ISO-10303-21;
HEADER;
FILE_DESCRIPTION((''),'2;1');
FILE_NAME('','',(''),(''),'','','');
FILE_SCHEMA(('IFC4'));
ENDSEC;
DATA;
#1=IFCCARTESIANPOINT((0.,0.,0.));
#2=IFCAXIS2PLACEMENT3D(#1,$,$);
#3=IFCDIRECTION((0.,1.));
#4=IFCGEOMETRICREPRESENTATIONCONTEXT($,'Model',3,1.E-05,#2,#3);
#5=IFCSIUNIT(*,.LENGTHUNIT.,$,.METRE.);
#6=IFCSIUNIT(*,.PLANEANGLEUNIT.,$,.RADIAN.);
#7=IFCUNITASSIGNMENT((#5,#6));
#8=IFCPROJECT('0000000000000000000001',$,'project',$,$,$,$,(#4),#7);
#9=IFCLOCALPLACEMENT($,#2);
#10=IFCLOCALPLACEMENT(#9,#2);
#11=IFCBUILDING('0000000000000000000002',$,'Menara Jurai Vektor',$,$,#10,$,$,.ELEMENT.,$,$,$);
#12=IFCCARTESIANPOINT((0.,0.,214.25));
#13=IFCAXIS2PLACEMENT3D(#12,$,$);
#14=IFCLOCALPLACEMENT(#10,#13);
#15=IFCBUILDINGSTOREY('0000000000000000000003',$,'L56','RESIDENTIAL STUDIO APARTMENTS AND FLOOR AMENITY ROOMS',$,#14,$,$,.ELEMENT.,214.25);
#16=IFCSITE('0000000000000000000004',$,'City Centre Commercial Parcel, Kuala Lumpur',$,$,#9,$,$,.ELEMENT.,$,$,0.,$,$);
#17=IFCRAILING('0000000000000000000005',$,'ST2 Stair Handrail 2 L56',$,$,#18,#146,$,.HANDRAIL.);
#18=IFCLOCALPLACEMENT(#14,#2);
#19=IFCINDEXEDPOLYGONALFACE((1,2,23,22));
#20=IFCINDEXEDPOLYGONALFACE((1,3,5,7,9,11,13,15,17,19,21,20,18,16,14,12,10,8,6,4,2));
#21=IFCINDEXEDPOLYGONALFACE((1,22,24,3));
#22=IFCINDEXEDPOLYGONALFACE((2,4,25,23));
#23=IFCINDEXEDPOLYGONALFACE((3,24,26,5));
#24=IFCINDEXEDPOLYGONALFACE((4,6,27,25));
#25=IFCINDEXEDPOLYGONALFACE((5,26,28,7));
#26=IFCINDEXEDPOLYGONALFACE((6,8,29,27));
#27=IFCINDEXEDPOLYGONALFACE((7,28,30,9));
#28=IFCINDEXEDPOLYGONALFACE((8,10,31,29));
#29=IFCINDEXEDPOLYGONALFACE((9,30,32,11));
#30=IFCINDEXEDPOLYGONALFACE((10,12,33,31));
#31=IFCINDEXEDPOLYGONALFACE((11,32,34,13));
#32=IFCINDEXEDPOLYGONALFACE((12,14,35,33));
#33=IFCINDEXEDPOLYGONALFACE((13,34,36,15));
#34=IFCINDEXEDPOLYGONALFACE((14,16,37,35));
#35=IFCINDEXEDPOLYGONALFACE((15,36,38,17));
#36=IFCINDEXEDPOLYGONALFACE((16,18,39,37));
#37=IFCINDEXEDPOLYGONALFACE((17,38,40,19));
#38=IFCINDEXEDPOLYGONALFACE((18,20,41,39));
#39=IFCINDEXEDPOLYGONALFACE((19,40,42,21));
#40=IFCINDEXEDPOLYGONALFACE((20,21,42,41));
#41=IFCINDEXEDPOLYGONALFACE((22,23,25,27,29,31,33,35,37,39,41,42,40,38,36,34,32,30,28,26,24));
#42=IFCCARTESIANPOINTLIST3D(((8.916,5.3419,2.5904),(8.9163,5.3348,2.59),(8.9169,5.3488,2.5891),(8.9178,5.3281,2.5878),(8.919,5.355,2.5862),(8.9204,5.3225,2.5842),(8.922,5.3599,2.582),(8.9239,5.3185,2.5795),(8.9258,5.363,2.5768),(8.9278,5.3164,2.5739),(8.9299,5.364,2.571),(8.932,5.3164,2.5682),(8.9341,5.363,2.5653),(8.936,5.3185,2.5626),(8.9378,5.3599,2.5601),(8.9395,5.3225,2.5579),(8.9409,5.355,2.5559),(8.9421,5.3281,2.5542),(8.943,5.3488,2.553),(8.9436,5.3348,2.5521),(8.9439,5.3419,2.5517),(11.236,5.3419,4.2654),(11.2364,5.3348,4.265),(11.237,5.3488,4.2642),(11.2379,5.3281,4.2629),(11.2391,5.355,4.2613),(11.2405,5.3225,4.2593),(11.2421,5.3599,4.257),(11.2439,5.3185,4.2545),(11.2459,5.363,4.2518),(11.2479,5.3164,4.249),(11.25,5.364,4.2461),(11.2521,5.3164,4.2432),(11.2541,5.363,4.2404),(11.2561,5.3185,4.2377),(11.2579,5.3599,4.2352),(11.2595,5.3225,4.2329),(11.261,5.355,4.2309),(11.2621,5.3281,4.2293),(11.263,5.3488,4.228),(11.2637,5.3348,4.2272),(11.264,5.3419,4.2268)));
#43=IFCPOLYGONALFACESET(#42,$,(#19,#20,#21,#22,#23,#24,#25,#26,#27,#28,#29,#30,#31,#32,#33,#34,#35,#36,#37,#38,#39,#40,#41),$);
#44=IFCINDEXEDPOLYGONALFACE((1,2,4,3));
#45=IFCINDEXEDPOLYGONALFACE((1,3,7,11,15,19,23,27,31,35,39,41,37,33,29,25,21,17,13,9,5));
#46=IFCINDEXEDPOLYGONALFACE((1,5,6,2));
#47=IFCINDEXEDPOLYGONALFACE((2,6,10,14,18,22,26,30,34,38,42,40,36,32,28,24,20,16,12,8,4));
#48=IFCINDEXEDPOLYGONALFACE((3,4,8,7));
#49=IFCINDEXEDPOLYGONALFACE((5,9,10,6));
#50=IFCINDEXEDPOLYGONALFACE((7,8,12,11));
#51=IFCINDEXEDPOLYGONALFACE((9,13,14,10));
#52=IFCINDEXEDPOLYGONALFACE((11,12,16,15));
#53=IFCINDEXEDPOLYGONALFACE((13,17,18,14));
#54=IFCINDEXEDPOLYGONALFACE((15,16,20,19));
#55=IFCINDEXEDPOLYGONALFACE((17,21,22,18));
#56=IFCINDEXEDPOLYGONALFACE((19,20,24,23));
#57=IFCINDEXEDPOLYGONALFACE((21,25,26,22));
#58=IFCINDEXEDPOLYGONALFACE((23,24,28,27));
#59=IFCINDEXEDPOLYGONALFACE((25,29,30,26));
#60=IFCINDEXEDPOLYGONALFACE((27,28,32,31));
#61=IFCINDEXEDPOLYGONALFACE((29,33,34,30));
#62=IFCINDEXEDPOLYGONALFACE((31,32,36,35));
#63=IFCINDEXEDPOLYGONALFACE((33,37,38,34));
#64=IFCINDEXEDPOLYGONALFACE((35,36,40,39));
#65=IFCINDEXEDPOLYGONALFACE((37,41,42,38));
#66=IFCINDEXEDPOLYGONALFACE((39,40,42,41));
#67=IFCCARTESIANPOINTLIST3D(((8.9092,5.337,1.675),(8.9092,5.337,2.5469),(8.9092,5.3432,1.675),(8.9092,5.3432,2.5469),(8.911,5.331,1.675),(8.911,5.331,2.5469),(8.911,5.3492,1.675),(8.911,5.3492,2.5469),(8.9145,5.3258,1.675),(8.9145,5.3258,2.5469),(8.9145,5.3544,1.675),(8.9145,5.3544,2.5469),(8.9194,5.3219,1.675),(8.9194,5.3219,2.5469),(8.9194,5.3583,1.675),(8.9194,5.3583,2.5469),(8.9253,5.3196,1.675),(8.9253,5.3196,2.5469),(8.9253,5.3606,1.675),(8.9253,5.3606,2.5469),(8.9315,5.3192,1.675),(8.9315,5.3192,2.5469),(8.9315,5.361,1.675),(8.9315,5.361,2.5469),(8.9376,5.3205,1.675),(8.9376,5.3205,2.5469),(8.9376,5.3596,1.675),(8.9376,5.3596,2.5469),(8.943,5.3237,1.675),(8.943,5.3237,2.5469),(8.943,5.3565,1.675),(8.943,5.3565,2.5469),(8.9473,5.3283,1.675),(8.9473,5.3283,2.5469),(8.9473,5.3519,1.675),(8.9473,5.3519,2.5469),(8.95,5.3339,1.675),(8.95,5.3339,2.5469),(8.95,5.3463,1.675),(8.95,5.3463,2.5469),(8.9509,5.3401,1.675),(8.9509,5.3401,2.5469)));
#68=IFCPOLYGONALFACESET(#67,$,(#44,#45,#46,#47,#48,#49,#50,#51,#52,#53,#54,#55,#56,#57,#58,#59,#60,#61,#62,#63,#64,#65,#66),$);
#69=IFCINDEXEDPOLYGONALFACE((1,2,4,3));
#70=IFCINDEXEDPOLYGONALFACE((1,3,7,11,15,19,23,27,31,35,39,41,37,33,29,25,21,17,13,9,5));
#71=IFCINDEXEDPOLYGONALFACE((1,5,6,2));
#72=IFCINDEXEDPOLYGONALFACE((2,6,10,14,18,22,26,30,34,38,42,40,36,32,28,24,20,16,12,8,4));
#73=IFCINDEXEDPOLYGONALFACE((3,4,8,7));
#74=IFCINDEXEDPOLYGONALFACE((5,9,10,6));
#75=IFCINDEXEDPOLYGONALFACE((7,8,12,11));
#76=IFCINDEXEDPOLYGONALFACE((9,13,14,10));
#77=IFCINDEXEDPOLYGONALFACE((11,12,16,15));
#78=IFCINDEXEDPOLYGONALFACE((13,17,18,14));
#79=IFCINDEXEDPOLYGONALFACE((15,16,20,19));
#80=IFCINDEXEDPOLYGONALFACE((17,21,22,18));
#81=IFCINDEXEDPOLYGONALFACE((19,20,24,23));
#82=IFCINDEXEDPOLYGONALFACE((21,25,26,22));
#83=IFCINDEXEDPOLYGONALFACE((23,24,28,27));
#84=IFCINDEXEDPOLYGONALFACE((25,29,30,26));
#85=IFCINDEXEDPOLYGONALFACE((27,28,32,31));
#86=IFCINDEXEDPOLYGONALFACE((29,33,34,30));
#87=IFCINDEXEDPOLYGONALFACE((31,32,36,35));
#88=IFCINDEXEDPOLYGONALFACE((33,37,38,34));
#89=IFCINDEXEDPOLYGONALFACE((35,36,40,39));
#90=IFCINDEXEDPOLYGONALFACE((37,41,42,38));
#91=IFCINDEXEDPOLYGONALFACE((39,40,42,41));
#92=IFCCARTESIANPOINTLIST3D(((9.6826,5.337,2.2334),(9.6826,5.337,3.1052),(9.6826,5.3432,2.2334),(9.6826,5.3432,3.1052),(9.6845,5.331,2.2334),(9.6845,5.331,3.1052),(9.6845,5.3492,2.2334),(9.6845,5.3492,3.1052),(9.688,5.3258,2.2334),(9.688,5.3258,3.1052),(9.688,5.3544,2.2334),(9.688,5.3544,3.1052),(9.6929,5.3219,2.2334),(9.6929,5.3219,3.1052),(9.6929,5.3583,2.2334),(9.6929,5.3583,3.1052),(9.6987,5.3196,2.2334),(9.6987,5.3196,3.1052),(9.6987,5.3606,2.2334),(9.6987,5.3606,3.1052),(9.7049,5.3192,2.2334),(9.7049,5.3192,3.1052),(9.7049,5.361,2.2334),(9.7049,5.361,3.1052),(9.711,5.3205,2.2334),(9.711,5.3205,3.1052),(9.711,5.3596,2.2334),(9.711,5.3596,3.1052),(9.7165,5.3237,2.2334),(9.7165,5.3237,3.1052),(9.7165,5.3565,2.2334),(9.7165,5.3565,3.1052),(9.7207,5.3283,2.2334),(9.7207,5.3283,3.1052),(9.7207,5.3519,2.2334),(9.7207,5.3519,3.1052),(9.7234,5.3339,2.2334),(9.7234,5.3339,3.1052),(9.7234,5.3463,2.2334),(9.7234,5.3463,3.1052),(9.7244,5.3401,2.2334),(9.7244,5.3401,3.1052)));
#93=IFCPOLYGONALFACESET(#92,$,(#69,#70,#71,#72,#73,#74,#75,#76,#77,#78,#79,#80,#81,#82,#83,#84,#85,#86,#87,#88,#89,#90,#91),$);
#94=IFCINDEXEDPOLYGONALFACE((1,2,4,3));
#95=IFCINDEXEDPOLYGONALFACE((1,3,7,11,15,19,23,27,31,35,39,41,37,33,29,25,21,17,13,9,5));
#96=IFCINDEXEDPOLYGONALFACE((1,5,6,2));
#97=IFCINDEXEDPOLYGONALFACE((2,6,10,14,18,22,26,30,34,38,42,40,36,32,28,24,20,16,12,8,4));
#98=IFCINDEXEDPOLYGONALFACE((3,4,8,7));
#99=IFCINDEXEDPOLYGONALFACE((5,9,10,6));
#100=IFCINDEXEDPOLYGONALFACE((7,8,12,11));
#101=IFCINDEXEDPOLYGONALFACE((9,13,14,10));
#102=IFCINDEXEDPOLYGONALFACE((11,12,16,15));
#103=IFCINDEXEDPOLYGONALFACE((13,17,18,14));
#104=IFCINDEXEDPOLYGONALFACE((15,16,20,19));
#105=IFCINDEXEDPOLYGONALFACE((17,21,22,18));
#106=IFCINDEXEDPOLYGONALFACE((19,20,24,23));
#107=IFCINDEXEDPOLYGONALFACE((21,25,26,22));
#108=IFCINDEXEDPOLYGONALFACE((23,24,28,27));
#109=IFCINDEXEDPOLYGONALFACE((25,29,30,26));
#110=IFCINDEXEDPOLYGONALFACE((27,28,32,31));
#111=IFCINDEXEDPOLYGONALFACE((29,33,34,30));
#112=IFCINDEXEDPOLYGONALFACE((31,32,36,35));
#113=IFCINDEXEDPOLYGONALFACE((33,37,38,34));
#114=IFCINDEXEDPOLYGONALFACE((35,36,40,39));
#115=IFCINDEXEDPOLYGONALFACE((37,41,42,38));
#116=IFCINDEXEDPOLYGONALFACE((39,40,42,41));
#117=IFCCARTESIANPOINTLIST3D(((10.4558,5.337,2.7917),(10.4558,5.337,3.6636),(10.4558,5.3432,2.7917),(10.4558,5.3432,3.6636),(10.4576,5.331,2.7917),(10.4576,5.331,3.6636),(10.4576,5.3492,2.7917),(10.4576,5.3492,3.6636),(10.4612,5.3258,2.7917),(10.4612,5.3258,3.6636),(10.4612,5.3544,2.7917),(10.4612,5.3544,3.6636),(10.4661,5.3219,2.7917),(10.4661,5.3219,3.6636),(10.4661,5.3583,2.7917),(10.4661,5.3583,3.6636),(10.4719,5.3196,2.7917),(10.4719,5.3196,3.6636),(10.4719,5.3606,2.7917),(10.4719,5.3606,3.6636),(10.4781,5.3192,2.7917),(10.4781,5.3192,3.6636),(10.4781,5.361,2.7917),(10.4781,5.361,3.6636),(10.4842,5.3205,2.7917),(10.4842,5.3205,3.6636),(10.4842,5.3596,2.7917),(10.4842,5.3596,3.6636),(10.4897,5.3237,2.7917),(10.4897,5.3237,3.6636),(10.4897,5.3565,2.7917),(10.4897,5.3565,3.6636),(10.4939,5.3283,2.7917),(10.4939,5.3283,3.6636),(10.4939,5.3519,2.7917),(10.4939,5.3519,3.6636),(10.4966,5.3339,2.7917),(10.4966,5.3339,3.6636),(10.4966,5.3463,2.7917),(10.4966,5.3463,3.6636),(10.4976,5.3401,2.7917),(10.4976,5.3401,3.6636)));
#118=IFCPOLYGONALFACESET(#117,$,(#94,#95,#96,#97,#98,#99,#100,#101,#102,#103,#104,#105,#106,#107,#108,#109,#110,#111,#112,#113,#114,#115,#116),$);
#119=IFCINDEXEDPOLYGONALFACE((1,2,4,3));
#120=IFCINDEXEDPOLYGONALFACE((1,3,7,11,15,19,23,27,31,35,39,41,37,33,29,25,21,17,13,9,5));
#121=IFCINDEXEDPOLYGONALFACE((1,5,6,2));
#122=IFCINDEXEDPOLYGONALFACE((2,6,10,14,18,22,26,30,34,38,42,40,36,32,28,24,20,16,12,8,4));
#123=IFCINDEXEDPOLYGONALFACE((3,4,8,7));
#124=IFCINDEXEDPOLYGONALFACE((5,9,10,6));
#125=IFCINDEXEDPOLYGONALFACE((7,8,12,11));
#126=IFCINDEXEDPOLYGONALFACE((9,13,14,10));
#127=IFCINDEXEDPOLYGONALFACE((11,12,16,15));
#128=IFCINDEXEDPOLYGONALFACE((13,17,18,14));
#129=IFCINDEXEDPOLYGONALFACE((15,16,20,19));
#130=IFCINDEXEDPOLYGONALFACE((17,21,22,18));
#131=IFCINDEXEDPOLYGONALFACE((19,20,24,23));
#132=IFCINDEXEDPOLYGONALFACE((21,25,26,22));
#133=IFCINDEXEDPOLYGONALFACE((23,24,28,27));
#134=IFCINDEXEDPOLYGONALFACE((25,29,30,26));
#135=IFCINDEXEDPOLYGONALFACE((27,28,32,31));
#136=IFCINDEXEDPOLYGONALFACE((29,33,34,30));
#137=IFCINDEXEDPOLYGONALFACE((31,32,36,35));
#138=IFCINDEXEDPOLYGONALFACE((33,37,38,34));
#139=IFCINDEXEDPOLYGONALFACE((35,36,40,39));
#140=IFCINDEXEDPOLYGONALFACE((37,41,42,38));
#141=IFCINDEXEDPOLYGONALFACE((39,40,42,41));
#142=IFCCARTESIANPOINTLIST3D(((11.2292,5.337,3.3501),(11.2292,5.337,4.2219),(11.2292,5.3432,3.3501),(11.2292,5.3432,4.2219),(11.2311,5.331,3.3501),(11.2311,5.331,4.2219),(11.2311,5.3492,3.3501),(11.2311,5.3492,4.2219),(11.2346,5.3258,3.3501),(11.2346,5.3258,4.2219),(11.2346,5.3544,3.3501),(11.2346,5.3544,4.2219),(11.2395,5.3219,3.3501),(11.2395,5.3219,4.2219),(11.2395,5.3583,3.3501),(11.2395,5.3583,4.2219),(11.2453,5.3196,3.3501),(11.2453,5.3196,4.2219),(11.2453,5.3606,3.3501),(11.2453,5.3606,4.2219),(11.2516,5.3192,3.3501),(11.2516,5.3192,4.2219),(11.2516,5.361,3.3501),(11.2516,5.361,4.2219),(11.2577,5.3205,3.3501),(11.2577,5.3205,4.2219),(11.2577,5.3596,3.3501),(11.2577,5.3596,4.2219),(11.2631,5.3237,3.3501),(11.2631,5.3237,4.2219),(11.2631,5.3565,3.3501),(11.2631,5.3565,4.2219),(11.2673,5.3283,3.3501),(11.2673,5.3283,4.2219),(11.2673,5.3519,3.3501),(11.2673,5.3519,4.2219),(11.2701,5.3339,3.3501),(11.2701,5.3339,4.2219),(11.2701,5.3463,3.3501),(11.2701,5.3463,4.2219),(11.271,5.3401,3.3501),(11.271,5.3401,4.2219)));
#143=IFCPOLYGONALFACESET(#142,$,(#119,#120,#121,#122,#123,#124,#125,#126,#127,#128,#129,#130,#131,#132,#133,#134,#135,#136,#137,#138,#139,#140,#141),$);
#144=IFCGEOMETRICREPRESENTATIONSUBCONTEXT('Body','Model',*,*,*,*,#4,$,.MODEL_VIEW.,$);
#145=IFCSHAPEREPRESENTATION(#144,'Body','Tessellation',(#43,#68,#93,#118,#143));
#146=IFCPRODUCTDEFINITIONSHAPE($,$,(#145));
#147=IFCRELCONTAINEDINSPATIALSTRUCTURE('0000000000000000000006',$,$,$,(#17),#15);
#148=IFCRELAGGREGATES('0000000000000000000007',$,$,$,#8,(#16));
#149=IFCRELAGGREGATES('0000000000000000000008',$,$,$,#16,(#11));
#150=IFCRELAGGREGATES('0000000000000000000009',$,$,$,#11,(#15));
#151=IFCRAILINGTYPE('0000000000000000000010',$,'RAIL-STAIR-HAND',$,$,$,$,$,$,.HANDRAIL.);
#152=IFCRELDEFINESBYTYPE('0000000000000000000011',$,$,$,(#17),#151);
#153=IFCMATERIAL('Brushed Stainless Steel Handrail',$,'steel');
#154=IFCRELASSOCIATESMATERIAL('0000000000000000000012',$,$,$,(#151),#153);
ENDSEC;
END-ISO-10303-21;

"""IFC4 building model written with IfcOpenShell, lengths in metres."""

from ifc_helpers import new_model, si_unit, direction, frame, origin, origin_2d, place, context, subcontext, project, spatial, circle, extrude, material, type_object, element, save


model = new_model("IFC4")

# Units and contexts
model_context = context("Model", 3, precision=1e-05, world=origin(), true_north=direction((0.0, 1.0)))
body_context = subcontext(model_context, "Body", "Model", "MODEL_VIEW")
ifc_project = project(units=[si_unit("LENGTHUNIT", "METRE"), si_unit("PLANEANGLEUNIT", "RADIAN")], contexts=[model_context])

# Site, building, storey
site_placement = place(None, origin())
site = spatial("IfcSite", under=ifc_project, at=site_placement, Name="City Centre Commercial Parcel, Kuala Lumpur", CompositionType="ELEMENT", RefElevation=0.0)
building_placement = place(site_placement, origin())
building = spatial("IfcBuilding", under=site, at=building_placement, Name="Menara Jurai Vektor", CompositionType="ELEMENT")
storey_placement = place(building_placement, frame((0.0, 0.0, 214.25)))
storey = spatial("IfcBuildingStorey", under=building, at=storey_placement, Name="L56", Description="RESIDENTIAL STUDIO APARTMENTS AND FLOOR AMENITY ROOMS", CompositionType="ELEMENT", Elevation=214.25)

# Railing
ifc_material_1 = material(Name="Brushed Stainless Steel Handrail", Category="steel")
railing_type_1 = type_object("IfcRailingType", Name="RAIL-STAIR-HAND", PredefinedType="HANDRAIL", material=ifc_material_1)
railing_1_placement = place(storey_placement, frame((8.9299, 5.3401, 1.675)))
element("IfcRailing", 1, at=railing_1_placement, inside=storey, type_object=railing_type_1, Name="ST2 Stair Handrail 2 L56", PredefinedType="HANDRAIL", context=body_context, shape_type="SweptSolid", body=[
    extrude(circle(Radius=0.0239, at=origin_2d()), frame((0.0, 0.0, 0.896), z_axis=(0.810771, 0.0, 0.585363), x_axis=(0.0, 1.0, 0.0)), (0.0, 0.0, 1.0), 2.8616),
    extrude(circle(Radius=0.021, at=origin_2d()), origin(), (0.0, 0.0, 1.0), 0.8718),
    extrude(circle(Radius=0.021, at=origin_2d()), frame((0.7734, 0.0, 0.5583)), (0.0, 0.0, 1.0), 0.8718),
    extrude(circle(Radius=0.021, at=origin_2d()), frame((1.5466, 0.0, 1.1167)), (0.0, 0.0, 1.0), 0.8718),
    extrude(circle(Radius=0.021, at=origin_2d()), frame((2.3201, 0.0, 1.675)), (0.0, 0.0, 1.0), 0.8718),
])

save(model, "model.ifc")
